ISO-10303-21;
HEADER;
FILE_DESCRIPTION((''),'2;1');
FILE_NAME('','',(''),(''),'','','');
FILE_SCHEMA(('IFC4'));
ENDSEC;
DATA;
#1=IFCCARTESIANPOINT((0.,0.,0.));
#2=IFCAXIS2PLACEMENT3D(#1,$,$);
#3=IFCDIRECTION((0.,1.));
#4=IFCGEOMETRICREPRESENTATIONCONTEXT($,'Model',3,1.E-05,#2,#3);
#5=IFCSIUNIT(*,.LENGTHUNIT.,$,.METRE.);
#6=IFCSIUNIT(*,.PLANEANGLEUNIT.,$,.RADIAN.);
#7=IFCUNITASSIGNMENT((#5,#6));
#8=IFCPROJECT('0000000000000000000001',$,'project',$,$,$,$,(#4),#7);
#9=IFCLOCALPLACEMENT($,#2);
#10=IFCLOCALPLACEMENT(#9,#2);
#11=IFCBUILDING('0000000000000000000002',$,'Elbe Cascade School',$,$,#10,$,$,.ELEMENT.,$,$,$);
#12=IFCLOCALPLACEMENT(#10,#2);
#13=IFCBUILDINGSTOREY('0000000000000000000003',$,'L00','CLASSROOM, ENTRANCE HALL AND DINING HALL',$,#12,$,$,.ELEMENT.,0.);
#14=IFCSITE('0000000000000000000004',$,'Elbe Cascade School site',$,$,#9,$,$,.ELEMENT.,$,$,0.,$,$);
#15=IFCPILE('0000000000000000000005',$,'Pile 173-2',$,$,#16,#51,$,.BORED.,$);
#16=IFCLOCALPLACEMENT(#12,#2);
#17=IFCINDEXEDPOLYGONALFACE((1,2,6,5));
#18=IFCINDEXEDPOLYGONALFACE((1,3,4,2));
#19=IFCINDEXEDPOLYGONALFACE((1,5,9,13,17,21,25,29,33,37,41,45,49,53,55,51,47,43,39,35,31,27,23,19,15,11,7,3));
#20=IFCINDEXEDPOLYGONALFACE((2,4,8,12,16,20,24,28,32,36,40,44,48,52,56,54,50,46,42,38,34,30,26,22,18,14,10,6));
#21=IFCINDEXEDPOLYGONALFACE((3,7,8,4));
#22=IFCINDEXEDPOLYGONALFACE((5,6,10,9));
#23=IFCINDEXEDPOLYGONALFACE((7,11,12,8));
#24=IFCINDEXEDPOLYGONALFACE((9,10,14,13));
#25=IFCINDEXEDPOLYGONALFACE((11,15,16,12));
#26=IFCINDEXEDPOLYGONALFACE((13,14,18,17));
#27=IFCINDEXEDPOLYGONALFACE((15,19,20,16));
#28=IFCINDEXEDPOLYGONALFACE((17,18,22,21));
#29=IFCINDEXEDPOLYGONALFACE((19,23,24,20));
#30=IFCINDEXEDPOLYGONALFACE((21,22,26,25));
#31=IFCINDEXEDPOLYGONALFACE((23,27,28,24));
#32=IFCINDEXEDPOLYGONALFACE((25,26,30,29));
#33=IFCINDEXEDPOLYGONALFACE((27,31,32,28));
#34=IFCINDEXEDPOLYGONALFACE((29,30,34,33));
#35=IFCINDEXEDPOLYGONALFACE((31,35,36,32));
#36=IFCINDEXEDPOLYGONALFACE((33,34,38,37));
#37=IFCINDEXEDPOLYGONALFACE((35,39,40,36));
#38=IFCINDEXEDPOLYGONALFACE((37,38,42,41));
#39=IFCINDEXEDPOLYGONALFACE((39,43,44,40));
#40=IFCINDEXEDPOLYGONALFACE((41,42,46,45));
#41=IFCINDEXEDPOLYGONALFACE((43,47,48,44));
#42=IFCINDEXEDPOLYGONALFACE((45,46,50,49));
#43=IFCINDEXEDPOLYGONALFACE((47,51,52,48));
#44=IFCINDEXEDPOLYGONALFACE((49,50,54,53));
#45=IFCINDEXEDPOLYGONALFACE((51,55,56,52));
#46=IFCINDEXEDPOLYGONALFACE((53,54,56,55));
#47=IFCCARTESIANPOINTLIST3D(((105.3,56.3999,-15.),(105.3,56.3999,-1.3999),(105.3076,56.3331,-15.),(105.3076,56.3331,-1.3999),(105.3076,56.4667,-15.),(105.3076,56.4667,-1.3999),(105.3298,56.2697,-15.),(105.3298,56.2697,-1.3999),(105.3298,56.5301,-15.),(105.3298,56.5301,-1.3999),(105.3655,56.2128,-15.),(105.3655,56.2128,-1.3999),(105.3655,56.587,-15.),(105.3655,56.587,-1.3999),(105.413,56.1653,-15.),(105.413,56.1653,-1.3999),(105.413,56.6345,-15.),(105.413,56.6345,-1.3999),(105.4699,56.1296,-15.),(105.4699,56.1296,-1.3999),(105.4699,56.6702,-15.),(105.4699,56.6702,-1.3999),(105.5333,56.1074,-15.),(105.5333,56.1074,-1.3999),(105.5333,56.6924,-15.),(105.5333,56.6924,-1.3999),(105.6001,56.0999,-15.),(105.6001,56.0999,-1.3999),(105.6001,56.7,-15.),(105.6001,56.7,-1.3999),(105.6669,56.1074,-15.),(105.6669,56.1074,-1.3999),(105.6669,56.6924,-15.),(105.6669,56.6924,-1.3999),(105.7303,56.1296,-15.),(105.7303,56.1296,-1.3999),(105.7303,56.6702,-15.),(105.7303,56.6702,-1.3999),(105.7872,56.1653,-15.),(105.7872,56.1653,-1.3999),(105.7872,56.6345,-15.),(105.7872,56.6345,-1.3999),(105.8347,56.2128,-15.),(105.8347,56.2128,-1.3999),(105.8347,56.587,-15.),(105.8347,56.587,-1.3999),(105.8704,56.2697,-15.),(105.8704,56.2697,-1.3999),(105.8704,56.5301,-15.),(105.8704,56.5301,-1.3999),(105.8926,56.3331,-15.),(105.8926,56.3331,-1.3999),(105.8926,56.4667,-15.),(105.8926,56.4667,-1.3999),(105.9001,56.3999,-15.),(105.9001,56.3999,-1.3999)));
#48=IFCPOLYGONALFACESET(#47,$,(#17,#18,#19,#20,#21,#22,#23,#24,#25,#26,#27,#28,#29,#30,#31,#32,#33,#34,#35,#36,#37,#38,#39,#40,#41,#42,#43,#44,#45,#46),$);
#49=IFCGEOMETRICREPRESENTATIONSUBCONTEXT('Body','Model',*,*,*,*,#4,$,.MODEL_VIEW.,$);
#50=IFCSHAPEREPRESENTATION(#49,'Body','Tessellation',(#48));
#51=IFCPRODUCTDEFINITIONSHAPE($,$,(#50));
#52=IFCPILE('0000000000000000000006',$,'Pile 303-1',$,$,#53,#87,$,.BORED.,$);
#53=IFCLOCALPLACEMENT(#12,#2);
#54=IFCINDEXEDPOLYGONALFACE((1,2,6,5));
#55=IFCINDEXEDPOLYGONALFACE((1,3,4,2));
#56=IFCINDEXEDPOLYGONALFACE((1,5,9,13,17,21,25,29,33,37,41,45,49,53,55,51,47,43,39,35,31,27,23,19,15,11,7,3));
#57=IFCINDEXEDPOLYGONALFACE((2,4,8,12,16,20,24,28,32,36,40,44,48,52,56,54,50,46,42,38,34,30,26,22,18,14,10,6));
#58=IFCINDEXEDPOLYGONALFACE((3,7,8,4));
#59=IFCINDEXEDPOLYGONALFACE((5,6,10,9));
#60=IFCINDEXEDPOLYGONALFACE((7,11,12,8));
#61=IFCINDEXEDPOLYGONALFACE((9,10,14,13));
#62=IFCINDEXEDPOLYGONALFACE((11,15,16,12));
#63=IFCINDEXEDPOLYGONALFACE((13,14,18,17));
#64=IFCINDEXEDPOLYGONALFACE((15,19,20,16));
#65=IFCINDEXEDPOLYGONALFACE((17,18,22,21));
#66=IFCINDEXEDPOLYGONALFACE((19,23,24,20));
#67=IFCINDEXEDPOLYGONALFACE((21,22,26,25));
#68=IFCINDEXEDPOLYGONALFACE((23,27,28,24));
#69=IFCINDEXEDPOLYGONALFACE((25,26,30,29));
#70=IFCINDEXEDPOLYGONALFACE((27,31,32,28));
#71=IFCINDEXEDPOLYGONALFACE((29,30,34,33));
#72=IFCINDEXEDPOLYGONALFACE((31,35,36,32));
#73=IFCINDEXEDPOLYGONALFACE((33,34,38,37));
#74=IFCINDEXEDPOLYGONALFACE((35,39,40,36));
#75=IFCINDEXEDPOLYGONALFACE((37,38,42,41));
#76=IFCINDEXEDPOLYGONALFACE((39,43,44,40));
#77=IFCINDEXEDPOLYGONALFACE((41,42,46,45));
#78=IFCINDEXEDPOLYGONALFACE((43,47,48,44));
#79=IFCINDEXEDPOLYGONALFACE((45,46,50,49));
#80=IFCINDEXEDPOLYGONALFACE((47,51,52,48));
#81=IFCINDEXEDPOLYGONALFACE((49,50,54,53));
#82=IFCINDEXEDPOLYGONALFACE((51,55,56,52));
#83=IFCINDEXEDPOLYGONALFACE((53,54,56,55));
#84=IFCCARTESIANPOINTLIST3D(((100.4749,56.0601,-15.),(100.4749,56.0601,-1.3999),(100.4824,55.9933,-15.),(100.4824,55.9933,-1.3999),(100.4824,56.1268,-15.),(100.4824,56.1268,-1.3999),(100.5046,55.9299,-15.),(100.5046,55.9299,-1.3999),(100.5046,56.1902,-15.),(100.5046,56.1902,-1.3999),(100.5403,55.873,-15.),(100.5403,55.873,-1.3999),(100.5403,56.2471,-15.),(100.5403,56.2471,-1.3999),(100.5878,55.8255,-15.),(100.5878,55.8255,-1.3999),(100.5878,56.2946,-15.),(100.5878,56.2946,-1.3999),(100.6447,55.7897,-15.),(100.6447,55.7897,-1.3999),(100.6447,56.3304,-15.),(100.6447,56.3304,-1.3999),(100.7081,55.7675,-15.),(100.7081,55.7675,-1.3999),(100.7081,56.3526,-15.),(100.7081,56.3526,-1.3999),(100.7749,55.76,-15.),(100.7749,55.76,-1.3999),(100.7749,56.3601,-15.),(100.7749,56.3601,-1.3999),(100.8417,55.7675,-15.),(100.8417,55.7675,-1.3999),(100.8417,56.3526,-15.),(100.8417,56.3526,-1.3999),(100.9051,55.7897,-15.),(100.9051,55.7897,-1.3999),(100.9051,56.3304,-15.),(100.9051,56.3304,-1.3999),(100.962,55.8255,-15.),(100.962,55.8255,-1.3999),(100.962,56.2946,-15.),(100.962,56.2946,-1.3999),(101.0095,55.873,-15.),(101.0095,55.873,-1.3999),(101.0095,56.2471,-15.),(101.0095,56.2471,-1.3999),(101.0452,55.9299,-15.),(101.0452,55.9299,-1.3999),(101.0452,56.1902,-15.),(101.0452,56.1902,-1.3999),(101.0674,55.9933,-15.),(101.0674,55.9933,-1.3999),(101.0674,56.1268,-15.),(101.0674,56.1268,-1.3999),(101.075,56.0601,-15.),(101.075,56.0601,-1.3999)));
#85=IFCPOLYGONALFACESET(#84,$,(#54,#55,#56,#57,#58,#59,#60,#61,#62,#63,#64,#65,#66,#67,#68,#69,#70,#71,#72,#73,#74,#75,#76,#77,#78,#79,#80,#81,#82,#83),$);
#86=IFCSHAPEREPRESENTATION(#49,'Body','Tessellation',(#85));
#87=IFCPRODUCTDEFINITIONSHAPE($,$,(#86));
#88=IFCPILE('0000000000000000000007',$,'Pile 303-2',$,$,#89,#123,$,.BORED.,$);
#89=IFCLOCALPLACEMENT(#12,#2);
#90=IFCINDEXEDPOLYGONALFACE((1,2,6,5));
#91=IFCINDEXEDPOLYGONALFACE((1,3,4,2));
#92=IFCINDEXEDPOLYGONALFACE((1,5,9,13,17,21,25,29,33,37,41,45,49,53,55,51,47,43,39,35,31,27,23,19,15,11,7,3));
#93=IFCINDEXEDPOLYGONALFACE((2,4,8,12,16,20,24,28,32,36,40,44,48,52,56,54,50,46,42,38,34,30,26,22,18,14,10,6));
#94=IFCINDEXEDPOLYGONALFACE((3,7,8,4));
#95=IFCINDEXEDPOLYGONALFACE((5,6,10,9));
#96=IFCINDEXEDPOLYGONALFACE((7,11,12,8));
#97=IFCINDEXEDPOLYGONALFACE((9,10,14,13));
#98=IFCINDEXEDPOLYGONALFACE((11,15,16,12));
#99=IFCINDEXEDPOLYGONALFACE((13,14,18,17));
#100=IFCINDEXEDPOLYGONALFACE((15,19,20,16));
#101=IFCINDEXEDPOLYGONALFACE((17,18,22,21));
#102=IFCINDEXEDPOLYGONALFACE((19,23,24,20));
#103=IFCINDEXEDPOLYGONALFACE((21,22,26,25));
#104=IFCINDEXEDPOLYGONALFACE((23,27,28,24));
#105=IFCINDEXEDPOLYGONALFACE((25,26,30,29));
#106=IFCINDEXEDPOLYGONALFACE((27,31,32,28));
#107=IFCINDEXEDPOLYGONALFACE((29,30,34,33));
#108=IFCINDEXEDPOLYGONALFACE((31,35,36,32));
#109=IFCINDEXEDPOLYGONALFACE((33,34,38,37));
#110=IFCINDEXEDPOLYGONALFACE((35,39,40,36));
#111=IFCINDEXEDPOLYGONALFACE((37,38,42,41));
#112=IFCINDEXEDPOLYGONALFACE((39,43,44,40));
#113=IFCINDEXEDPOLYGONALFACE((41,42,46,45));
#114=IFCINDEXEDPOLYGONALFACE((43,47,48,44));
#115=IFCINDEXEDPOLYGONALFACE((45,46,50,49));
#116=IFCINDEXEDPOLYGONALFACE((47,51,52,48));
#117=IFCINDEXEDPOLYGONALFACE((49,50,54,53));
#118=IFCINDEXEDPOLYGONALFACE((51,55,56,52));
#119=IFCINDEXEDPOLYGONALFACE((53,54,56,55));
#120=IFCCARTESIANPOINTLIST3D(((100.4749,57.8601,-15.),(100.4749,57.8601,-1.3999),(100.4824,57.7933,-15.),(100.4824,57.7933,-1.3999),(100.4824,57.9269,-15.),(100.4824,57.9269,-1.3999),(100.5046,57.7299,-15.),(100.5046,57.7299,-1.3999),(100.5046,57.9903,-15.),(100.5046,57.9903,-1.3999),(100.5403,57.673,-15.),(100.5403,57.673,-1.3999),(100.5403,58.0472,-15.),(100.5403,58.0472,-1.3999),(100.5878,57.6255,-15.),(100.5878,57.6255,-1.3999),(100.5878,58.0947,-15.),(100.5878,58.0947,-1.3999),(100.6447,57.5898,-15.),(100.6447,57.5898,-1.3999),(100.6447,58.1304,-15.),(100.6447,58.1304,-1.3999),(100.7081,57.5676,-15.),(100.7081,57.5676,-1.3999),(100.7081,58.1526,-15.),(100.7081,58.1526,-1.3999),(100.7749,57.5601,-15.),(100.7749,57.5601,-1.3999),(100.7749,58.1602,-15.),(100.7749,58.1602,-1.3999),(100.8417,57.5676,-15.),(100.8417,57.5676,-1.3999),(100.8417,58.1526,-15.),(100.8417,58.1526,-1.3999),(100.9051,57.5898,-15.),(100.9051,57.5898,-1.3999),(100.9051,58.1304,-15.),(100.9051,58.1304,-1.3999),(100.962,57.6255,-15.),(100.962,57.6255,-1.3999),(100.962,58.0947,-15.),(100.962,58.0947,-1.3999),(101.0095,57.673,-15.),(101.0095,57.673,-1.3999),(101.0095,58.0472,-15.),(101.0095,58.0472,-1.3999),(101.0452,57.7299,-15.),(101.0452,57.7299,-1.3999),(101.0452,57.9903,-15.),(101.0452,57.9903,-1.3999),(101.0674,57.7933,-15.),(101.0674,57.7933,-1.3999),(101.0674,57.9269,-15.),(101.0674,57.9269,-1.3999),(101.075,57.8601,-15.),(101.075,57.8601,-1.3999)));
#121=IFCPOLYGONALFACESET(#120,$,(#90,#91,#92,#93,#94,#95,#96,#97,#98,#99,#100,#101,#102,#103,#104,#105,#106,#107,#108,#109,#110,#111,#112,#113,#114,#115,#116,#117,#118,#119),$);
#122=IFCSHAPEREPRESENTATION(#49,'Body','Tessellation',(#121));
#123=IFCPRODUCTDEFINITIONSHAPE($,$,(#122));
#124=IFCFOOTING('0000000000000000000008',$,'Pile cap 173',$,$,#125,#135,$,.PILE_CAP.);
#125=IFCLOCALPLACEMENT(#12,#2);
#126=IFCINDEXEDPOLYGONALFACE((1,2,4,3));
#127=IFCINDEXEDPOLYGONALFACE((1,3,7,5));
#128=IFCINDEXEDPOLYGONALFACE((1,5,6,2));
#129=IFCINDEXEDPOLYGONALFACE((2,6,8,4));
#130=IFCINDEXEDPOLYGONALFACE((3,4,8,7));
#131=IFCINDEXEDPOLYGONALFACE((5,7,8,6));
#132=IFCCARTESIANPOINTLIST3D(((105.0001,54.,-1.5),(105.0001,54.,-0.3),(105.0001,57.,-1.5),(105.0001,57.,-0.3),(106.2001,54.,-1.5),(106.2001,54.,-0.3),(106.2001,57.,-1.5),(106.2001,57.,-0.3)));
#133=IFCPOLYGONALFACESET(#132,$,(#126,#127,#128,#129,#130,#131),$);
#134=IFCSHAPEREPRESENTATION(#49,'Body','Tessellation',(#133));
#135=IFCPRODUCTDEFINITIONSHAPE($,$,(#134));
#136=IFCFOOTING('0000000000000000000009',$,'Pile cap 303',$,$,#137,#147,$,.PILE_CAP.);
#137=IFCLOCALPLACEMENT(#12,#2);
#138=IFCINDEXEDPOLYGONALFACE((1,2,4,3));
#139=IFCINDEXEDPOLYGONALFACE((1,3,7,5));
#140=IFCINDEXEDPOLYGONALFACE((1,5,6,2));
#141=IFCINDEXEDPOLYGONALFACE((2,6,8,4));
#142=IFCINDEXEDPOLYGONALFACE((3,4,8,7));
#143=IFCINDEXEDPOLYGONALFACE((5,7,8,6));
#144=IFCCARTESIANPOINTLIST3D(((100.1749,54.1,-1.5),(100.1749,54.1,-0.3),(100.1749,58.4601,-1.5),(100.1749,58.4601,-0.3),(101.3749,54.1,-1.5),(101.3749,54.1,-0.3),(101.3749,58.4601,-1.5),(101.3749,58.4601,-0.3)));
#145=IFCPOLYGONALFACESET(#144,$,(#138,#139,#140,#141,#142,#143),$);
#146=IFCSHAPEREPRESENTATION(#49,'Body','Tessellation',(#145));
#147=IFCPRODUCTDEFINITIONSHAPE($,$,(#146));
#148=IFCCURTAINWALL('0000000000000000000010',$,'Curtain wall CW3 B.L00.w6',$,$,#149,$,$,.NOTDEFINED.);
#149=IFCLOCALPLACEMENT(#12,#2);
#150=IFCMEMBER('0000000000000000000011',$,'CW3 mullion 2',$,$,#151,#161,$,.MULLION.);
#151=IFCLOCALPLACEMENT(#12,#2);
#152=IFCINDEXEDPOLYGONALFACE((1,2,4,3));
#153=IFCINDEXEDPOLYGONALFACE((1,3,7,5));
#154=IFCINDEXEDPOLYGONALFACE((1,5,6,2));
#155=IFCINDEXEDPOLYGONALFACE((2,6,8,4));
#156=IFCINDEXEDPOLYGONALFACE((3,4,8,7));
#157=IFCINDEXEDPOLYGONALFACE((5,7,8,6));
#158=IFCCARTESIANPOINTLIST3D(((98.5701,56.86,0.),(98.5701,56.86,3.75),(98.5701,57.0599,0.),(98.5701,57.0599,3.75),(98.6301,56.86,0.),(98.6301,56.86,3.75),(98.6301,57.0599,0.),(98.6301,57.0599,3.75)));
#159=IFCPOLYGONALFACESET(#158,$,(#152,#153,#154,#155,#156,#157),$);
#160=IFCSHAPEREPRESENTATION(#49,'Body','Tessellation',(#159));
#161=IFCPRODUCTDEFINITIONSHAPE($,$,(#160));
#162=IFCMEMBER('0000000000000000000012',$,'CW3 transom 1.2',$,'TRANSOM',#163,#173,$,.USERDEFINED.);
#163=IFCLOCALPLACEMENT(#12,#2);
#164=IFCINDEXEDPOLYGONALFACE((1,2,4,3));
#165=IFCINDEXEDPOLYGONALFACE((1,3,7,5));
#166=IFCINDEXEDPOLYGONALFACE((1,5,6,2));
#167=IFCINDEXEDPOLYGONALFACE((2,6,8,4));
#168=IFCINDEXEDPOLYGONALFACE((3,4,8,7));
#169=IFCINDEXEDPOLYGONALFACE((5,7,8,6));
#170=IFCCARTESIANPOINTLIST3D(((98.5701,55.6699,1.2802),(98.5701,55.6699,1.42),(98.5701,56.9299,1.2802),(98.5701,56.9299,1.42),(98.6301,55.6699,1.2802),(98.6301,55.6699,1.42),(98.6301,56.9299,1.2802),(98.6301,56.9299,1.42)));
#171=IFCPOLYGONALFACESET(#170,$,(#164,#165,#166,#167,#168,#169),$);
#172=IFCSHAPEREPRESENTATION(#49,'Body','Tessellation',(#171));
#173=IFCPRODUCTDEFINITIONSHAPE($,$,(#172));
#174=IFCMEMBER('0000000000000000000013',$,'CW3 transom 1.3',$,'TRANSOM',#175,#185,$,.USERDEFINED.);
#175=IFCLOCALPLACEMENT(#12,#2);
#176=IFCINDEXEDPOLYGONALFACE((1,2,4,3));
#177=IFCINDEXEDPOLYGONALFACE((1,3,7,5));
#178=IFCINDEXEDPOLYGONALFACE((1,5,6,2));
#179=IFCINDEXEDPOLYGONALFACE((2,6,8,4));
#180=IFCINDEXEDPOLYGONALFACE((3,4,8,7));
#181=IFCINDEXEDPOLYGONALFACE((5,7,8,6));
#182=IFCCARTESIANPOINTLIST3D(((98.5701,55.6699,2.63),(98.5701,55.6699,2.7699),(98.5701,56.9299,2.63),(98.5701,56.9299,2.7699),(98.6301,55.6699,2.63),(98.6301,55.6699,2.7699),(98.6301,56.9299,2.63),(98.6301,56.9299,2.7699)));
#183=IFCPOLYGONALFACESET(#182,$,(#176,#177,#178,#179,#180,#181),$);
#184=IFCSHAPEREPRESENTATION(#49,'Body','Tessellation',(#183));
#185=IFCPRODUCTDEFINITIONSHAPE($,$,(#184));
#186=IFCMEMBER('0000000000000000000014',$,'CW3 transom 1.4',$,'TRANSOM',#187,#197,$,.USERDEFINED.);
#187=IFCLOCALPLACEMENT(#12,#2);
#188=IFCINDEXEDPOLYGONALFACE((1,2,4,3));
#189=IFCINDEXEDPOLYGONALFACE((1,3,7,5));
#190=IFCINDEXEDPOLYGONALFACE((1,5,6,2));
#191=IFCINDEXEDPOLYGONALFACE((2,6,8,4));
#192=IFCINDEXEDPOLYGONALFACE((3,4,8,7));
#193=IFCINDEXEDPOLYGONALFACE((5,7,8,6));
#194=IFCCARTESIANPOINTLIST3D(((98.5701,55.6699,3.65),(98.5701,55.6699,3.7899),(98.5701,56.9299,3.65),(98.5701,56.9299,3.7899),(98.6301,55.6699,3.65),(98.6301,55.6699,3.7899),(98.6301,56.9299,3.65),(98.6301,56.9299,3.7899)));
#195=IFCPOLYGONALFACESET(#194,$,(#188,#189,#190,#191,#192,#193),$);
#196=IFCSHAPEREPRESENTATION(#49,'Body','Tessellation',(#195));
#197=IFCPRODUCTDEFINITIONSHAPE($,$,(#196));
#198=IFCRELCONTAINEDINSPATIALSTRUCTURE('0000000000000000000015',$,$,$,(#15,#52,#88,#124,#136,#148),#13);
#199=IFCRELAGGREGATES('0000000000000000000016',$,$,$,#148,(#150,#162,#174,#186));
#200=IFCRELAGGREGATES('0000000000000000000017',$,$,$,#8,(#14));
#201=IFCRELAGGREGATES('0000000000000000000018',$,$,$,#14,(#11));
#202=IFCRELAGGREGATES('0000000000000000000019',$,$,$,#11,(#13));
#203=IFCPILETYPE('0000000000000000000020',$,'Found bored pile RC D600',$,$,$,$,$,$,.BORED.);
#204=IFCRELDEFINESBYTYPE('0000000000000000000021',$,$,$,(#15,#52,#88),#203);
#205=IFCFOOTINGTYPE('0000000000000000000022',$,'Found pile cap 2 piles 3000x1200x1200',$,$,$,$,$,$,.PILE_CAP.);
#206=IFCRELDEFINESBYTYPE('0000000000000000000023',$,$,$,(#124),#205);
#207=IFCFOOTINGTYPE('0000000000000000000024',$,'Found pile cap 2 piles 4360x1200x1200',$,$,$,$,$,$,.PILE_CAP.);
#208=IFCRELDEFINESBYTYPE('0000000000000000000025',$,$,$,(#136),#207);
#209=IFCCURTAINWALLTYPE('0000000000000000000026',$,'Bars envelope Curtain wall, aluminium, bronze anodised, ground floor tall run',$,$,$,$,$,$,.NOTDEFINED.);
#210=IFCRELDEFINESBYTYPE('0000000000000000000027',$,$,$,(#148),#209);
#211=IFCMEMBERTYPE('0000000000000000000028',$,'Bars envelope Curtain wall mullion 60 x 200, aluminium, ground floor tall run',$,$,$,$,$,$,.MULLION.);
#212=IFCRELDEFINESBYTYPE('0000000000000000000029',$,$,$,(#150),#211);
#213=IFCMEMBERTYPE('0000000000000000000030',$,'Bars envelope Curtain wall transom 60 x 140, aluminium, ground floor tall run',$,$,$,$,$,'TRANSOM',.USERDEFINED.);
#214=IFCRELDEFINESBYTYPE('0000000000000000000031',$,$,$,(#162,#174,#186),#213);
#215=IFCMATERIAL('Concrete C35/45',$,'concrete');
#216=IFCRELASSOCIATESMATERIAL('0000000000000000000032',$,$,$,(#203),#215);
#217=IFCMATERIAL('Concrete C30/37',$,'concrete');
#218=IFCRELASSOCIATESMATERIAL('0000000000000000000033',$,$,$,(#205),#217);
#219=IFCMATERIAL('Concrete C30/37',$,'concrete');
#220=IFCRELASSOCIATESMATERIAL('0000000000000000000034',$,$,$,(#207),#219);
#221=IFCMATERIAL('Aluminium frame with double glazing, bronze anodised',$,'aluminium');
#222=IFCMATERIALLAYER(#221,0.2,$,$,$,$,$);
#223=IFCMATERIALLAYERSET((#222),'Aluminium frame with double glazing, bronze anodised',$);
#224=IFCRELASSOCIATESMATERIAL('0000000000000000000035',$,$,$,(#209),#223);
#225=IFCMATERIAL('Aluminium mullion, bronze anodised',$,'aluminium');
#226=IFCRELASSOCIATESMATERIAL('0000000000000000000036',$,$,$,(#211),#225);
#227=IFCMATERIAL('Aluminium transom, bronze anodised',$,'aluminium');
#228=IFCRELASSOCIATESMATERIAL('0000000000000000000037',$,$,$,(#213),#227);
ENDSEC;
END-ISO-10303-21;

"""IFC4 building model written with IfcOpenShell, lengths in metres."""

from ifc_helpers import new_model, si_unit, direction, frame, origin, origin_2d, place, context, subcontext, project, spatial, rectangle, circle, extrude, material, layer, layer_set, material_profile, profile_set, type_object, element, aggregate, save


model = new_model("IFC4")

# Units and contexts
model_context = context("Model", 3, precision=1e-05, world=origin(), true_north=direction((0.0, 1.0)))
body_context = subcontext(model_context, "Body", "Model", "MODEL_VIEW")
ifc_project = project(units=[si_unit("LENGTHUNIT", "METRE"), si_unit("PLANEANGLEUNIT", "RADIAN")], contexts=[model_context])

# Site, building, storey
site_placement = place(None, origin())
site = spatial("IfcSite", under=ifc_project, at=site_placement, Name="Elbe Cascade School site", CompositionType="ELEMENT", RefElevation=0.0)
building_placement = place(site_placement, origin())
building = spatial("IfcBuilding", under=site, at=building_placement, Name="Elbe Cascade School", CompositionType="ELEMENT")
storey_placement = place(building_placement, origin())
storey = spatial("IfcBuildingStorey", under=building, at=storey_placement, Name="L00", Description="CLASSROOM, ENTRANCE HALL AND DINING HALL", CompositionType="ELEMENT", Elevation=0.0)

# Piles
ifc_material_1 = material(Name="Concrete C35/45", Category="concrete")
ifc_material_profile_1 = material_profile(ifc_material_1, circle(Radius=0.3, at=origin_2d()), Name="RC D600")
ifc_profile_set_1 = profile_set([ifc_material_profile_1], Name="Concrete C35/45")
pile_type = type_object("IfcPileType", Name="Found bored pile RC D600", PredefinedType="BORED", material=ifc_profile_set_1)
for number, where, z_axis, x_axis, name in (
    (1, (105.6001, 56.3999, -1.3999), (0.0, 0.0, -1.0), (1.0, 0.0, 0.0), "Pile 173-2"),
    (2, (100.7749, 56.0601, -1.3999), (0.0, 0.0, -1.0), (1.0, 0.0, 0.0), "Pile 303-1"),
    (3, (100.7749, 57.8601, -1.3999), (0.0, 0.0, -1.0), (1.0, 0.0, 0.0), "Pile 303-2"),
):
    element("IfcPile", number, at=place(storey_placement, frame(where, z_axis=z_axis, x_axis=x_axis)), inside=storey, type_object=pile_type, Name=name, PredefinedType="BORED", context=body_context, shape_type="SweptSolid", body=[
        extrude(circle(Radius=0.3, at=origin_2d()), origin(), (0.0, 0.0, 1.0), 13.6001),
    ])

# Footings
ifc_material_2 = material(Name="Concrete C30/37", Category="concrete")
footing_type_1 = type_object("IfcFootingType", Name="Found pile cap 2 piles 3000x1200x1200", PredefinedType="PILE_CAP", material=ifc_material_2)
footing_1_placement = place(storey_placement, frame((105.6001, 55.5, -1.5), z_axis=(0.0, 0.0, 1.0), x_axis=(1.0, 0.0, 0.0)))
element("IfcFooting", 4, at=footing_1_placement, inside=storey, type_object=footing_type_1, Name="Pile cap 173", PredefinedType="PILE_CAP", context=body_context, shape_type="SweptSolid", body=[
    extrude(rectangle(XDim=1.2, YDim=3.0, at=origin_2d()), origin(), (0.0, 0.0, 1.0), 1.2),
])
ifc_material_3 = material(Name="Concrete C30/37", Category="concrete")
footing_type_2 = type_object("IfcFootingType", Name="Found pile cap 2 piles 4360x1200x1200", PredefinedType="PILE_CAP", material=ifc_material_3)
footing_2_placement = place(storey_placement, frame((100.7749, 56.28, -1.5), z_axis=(0.0, 0.0, 1.0), x_axis=(1.0, 0.0, 0.0)))
element("IfcFooting", 5, at=footing_2_placement, inside=storey, type_object=footing_type_2, Name="Pile cap 303", PredefinedType="PILE_CAP", context=body_context, shape_type="SweptSolid", body=[
    extrude(rectangle(XDim=1.2, YDim=4.3601, at=origin_2d()), origin(), (0.0, 0.0, 1.0), 1.2),
])

# Curtain wall, members
ifc_material_4 = material(Name="Aluminium frame with double glazing, bronze anodised", Category="aluminium")
ifc_layer_1 = layer(ifc_material_4, 0.2)
ifc_layer_set_1 = layer_set([ifc_layer_1], Name="Aluminium frame with double glazing, bronze anodised")
curtain_wall_type = type_object("IfcCurtainWallType", Name="Bars envelope Curtain wall, aluminium, bronze anodised, ground floor tall run", PredefinedType="NOTDEFINED", material=ifc_layer_set_1)
curtain_wall_placement = place(storey_placement, origin())
curtain_wall = element("IfcCurtainWall", 6, at=curtain_wall_placement, inside=storey, type_object=curtain_wall_type, Name="Curtain wall CW3 B.L00.w6", PredefinedType="NOTDEFINED")
ifc_material_5 = material(Name="Aluminium mullion, bronze anodised", Category="aluminium")
ifc_material_profile_2 = material_profile(ifc_material_5, rectangle(XDim=0.0601, YDim=0.2, at=origin_2d()), Name="Bars envelope Curtain wall mullion 60 x 200, aluminium, ground floor tall run")
ifc_profile_set_2 = profile_set([ifc_material_profile_2], Name="Aluminium mullion, bronze anodised")
member_type_1 = type_object("IfcMemberType", Name="Bars envelope Curtain wall mullion 60 x 200, aluminium, ground floor tall run", PredefinedType="MULLION", material=ifc_profile_set_2)
member_1_placement = place(storey_placement, frame((98.6001, 56.96, 0.0), z_axis=(0.0, 0.0, 1.0), x_axis=(-1.0, 0.0, 0.0)))
member_1 = element("IfcMember", 7, at=member_1_placement, type_object=member_type_1, Name="CW3 mullion 2", PredefinedType="MULLION", context=body_context, shape_type="SweptSolid", body=[
    extrude(rectangle(XDim=0.0601, YDim=0.2, at=origin_2d()), origin(), (0.0, 0.0, 1.0), 3.75),
])
ifc_material_6 = material(Name="Aluminium transom, bronze anodised", Category="aluminium")
ifc_material_profile_3 = material_profile(ifc_material_6, rectangle(XDim=0.0601, YDim=0.1399, at=origin_2d()), Name="Bars envelope Curtain wall transom 60 x 140, aluminium, ground floor tall run")
ifc_profile_set_3 = profile_set([ifc_material_profile_3], Name="Aluminium transom, bronze anodised")
member_type_2 = type_object("IfcMemberType", Name="Bars envelope Curtain wall transom 60 x 140, aluminium, ground floor tall run", ElementType="TRANSOM", PredefinedType="USERDEFINED", material=ifc_profile_set_3)
member_2_placement = place(storey_placement, frame((98.6001, 55.6699, 1.3501), z_axis=(0.0, 1.0, 0.0), x_axis=(-1.0, 0.0, 0.0)))
member_2 = element("IfcMember", 8, at=member_2_placement, type_object=member_type_2, Name="CW3 transom 1.2", ObjectType="TRANSOM", PredefinedType="USERDEFINED", context=body_context, shape_type="SweptSolid", body=[
    extrude(rectangle(XDim=0.0601, YDim=0.1399, at=origin_2d()), origin(), (0.0, 0.0, 1.0), 1.26),
])
member_3_placement = place(storey_placement, frame((98.6001, 55.6699, 2.7), z_axis=(0.0, 1.0, 0.0), x_axis=(-1.0, 0.0, 0.0)))
member_3 = element("IfcMember", 9, at=member_3_placement, type_object=member_type_2, Name="CW3 transom 1.3", ObjectType="TRANSOM", PredefinedType="USERDEFINED", context=body_context, shape_type="SweptSolid", body=[
    extrude(rectangle(XDim=0.0601, YDim=0.1399, at=origin_2d()), origin(), (0.0, 0.0, 1.0), 1.26),
])
member_4_placement = place(storey_placement, frame((98.6001, 55.6699, 3.72), z_axis=(0.0, 1.0, 0.0), x_axis=(-1.0, 0.0, 0.0)))
member_4 = element("IfcMember", 10, at=member_4_placement, type_object=member_type_2, Name="CW3 transom 1.4", ObjectType="TRANSOM", PredefinedType="USERDEFINED", context=body_context, shape_type="SweptSolid", body=[
    extrude(rectangle(XDim=0.0601, YDim=0.1399, at=origin_2d()), origin(), (0.0, 0.0, 1.0), 1.26),
])

aggregate(curtain_wall, [member_1, member_2, member_3, member_4])

save(model, "model.ifc")
